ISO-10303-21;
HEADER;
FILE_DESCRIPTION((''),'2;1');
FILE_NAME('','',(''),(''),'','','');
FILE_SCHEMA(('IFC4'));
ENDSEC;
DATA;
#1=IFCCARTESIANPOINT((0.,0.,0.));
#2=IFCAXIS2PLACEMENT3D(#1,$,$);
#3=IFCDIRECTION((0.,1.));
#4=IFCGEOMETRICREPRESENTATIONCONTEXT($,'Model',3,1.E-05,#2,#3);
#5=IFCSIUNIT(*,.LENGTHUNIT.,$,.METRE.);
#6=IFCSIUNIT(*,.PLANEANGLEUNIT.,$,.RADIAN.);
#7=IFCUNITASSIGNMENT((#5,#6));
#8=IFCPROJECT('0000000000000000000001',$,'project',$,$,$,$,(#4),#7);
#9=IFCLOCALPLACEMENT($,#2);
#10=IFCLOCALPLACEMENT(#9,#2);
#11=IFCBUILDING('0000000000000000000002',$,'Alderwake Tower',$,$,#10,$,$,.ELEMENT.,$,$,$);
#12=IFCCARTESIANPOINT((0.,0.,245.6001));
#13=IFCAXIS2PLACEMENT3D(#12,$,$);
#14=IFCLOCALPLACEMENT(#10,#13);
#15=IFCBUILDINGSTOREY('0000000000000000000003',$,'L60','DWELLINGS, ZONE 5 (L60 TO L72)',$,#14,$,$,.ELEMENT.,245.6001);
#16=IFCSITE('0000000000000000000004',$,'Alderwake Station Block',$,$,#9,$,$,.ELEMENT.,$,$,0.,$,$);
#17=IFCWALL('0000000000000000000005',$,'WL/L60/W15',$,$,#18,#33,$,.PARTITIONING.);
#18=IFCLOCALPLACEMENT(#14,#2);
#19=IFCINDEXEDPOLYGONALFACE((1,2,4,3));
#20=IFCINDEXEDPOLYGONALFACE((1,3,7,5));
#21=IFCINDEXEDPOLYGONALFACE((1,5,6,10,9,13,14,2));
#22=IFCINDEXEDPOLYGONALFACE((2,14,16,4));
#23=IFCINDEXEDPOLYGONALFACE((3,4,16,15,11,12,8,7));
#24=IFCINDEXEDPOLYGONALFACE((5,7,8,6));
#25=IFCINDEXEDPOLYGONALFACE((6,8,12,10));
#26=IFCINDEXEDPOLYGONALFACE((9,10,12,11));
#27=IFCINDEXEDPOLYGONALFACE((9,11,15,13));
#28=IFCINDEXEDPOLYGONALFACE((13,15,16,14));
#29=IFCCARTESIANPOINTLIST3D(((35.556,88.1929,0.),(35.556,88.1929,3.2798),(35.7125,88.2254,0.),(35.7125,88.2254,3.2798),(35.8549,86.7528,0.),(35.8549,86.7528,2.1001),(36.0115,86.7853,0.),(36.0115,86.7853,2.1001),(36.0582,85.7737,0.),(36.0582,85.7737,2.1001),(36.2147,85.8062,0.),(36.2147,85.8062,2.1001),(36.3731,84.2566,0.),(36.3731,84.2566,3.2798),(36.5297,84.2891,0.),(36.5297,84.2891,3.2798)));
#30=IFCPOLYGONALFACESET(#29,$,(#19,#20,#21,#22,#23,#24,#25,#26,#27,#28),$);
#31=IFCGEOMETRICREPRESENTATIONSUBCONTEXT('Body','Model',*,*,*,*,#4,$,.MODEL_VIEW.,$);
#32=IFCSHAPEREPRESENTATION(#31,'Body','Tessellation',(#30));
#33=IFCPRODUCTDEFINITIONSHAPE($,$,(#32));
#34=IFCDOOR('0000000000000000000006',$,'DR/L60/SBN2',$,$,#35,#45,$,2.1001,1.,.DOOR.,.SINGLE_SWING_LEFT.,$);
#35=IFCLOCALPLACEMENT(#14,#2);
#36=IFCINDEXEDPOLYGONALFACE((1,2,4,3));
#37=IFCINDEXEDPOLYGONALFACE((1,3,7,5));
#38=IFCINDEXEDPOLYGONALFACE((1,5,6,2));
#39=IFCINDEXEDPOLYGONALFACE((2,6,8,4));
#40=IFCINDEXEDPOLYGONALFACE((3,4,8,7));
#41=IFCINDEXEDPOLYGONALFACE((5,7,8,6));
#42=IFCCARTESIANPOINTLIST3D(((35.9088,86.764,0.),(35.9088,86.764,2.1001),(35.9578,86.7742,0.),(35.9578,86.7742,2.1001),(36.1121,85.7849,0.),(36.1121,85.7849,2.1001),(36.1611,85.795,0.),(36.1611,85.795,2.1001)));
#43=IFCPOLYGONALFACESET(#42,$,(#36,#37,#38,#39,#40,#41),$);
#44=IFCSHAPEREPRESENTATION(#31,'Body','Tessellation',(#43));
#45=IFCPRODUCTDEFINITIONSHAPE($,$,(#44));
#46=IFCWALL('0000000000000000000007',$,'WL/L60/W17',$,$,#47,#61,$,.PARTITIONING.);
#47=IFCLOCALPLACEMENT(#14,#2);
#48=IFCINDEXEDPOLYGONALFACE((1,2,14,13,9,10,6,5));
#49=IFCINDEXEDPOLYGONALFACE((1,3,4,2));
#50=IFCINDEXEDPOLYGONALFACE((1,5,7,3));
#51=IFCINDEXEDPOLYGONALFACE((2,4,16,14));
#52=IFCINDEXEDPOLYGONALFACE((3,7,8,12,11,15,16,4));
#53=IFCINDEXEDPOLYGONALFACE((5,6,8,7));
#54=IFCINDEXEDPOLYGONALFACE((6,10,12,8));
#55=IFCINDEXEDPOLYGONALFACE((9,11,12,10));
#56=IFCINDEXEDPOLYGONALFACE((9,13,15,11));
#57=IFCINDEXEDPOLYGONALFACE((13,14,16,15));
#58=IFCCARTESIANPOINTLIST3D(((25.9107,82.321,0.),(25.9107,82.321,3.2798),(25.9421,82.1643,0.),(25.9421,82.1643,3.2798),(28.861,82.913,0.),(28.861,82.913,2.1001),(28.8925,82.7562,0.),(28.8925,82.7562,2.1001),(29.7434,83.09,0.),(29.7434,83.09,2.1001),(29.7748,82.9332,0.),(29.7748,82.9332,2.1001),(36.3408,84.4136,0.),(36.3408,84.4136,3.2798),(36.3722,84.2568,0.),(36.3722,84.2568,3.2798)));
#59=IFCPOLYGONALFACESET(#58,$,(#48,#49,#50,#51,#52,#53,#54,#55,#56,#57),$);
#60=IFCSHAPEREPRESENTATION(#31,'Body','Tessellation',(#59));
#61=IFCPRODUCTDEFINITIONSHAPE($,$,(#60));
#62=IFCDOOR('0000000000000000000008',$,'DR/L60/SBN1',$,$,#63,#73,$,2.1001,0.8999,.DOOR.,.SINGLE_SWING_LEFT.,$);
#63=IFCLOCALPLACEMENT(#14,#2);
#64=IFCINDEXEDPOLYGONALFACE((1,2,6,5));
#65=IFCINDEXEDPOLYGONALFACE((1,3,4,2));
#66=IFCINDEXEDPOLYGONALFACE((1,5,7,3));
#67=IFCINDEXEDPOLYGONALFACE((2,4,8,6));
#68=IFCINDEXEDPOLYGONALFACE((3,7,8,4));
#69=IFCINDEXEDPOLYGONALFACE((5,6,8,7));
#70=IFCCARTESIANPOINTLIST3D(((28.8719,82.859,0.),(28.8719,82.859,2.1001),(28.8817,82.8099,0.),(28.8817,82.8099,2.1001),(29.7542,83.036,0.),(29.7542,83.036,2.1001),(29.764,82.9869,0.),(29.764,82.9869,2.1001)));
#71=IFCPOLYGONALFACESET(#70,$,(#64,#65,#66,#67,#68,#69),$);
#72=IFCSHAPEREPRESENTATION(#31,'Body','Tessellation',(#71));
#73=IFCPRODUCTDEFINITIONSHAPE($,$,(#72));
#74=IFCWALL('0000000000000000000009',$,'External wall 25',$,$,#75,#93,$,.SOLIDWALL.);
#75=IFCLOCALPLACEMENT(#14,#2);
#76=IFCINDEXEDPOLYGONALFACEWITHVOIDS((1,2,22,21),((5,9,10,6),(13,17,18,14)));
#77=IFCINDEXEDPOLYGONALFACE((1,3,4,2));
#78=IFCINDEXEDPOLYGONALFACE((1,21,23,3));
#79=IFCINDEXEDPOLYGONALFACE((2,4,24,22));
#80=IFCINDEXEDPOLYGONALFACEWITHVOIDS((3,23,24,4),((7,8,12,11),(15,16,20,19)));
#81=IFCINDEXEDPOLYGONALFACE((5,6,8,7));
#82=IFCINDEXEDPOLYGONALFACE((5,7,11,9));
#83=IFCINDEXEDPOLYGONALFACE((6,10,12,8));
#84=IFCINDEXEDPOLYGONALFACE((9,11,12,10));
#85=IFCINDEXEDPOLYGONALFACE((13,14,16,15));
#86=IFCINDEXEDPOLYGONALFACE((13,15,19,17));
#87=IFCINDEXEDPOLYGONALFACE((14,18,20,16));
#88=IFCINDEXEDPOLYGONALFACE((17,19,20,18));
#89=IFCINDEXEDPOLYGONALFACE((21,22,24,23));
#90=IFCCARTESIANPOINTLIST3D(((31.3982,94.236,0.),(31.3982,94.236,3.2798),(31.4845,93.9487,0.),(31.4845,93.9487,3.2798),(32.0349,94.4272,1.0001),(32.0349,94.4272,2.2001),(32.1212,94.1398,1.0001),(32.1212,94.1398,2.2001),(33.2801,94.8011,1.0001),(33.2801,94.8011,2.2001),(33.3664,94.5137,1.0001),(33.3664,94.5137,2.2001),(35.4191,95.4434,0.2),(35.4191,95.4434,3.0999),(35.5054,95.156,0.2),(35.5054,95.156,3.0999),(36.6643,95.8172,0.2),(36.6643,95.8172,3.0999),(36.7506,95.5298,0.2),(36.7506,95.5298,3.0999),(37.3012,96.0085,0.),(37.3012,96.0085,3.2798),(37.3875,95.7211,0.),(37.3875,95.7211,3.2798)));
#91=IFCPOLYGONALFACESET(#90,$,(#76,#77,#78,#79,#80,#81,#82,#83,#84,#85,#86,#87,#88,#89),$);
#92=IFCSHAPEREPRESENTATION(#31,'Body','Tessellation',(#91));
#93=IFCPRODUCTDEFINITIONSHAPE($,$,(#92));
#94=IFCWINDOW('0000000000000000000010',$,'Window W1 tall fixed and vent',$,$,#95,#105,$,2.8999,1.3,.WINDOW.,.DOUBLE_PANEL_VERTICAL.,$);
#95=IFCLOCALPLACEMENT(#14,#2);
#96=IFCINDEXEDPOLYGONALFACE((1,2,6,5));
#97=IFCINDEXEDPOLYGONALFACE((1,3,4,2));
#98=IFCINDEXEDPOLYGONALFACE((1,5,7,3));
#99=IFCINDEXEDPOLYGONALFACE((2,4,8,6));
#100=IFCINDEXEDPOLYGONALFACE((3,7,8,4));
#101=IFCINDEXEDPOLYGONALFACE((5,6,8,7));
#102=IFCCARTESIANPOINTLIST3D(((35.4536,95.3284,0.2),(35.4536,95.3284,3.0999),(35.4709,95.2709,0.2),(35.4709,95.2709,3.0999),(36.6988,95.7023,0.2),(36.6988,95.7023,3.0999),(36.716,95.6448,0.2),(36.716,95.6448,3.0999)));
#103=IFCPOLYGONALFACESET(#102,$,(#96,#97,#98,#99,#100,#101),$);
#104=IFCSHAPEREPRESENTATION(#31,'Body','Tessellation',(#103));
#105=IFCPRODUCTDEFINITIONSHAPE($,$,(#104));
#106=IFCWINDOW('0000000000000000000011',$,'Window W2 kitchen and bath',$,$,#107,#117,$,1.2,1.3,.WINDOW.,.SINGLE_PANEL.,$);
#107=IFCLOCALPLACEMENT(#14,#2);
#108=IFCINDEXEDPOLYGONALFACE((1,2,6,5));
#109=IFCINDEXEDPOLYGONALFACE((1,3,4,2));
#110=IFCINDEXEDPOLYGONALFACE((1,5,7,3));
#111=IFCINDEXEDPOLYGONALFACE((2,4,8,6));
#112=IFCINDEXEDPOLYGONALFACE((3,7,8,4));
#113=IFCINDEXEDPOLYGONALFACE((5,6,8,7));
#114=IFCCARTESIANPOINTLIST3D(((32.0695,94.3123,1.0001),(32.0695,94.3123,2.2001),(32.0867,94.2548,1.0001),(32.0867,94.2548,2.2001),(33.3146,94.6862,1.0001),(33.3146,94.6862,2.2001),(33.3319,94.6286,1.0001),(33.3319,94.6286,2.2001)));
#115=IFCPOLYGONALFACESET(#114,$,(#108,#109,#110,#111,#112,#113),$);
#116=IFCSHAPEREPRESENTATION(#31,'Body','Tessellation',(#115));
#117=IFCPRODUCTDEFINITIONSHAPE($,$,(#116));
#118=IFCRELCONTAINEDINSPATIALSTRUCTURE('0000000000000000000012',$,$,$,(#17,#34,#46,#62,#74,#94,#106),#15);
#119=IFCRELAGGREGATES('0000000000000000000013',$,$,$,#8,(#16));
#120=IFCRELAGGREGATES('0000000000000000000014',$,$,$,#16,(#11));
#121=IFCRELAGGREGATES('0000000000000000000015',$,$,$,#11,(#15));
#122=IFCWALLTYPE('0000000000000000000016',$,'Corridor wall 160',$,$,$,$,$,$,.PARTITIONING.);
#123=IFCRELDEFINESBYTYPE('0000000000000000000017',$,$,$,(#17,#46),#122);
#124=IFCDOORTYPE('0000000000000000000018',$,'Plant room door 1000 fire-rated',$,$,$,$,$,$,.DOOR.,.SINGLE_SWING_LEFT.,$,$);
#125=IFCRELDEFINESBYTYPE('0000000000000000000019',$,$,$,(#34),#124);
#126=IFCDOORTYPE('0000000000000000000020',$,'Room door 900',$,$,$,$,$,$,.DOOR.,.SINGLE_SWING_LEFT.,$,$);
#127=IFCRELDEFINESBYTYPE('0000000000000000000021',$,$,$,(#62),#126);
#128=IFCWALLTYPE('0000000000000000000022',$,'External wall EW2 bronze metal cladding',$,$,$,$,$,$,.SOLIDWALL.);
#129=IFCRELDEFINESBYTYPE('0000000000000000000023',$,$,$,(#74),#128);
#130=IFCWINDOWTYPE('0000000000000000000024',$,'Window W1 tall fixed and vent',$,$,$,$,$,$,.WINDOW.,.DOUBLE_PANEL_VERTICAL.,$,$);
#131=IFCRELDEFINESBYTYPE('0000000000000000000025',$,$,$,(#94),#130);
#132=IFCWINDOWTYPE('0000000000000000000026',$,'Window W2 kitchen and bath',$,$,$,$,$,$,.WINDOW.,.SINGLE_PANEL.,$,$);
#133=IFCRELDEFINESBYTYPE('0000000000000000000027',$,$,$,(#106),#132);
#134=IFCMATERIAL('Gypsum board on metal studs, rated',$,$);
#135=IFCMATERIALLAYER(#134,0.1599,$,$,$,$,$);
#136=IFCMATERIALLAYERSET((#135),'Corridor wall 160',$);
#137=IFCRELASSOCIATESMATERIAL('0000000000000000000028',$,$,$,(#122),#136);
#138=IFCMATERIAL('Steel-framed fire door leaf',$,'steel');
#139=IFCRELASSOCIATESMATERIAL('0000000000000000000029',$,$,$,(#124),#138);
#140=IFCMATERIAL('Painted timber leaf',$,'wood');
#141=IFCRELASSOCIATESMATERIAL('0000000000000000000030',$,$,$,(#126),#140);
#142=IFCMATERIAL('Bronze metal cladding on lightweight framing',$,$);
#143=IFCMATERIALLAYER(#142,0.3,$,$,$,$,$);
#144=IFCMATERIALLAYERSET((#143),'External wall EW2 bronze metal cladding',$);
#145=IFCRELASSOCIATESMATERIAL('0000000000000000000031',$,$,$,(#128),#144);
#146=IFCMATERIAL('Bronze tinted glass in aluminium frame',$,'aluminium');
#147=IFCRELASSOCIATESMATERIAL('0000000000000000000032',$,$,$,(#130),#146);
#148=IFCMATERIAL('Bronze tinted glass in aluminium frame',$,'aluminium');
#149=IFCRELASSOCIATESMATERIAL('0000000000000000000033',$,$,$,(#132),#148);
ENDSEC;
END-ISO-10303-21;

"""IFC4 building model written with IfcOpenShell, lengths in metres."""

from ifc_helpers import new_model, si_unit, direction, frame, frame_2d, origin, place, context, subcontext, project, spatial, rectangle, extrude, material, layer, layer_set, type_object, element, fill, save


model = new_model("IFC4")

# Units and contexts
model_context = context("Model", 3, precision=1e-05, world=origin(), true_north=direction((0.0, 1.0)))
body_context = subcontext(model_context, "Body", "Model", "MODEL_VIEW")
ifc_project = project(units=[si_unit("LENGTHUNIT", "METRE"), si_unit("PLANEANGLEUNIT", "RADIAN")], contexts=[model_context])

# Site, building, storey
site_placement = place(None, origin())
site = spatial("IfcSite", under=ifc_project, at=site_placement, Name="Alderwake Station Block", CompositionType="ELEMENT", RefElevation=0.0)
building_placement = place(site_placement, origin())
building = spatial("IfcBuilding", under=site, at=building_placement, Name="Alderwake Tower", CompositionType="ELEMENT")
storey_placement = place(building_placement, frame((0.0, 0.0, 245.6001)))
storey = spatial("IfcBuildingStorey", under=building, at=storey_placement, Name="L60", Description="DWELLINGS, ZONE 5 (L60 TO L72)", CompositionType="ELEMENT", Elevation=245.6001)

# Shared definitions
ifc_material_1 = material(Name="Gypsum board on metal studs, rated")
ifc_layer_1 = layer(ifc_material_1, 0.1599)
ifc_layer_set_1 = layer_set([ifc_layer_1], Name="Corridor wall 160")
wall_type_1 = type_object("IfcWallType", Name="Corridor wall 160", PredefinedType="PARTITIONING", material=ifc_layer_set_1)

# Walls, openings, doors
wall_1_placement = place(storey_placement, frame((36.4514, 84.2727, 0.0), z_axis=(0.0, 0.0, 1.0), x_axis=(-0.203258, 0.979125, 0.0)))
wall_1 = element("IfcWall", 1, at=wall_1_placement, inside=storey, type_object=wall_type_1, Name="WL/L60/W15", PredefinedType="PARTITIONING", context=body_context, shape_type="SweptSolid", body=[
    extrude(rectangle(XDim=4.0203, YDim=0.1599, at=frame_2d((2.0103, 0.0))), origin(), (0.0, 0.0, 1.0), 3.2798),
])
opening_1_placement = place(wall_1_placement, frame((1.5496, 0.0, 0.0)))
opening_1 = element("IfcOpeningElement", 2, at=opening_1_placement, cuts=wall_1, PredefinedType="OPENING", context=body_context, shape_type="SweptSolid", body=[
    extrude(rectangle(XDim=1.0, YDim=2.1001, at=frame_2d((0.5, 1.05))), frame((0.0, 0.0898, 0.0), z_axis=(0.0, -1.0, 0.0), x_axis=(1.0, 0.0, 0.0)), (0.0, 0.0, 1.0), 0.1799),
])
ifc_material_2 = material(Name="Steel-framed fire door leaf", Category="steel")
door_type_1 = type_object("IfcDoorType", Name="Plant room door 1000 fire-rated", OperationType="SINGLE_SWING_LEFT", PredefinedType="DOOR", material=ifc_material_2)
door_1_placement = place(opening_1_placement, origin())
door_1 = element("IfcDoor", 3, at=door_1_placement, inside=storey, type_object=door_type_1, Name="DR/L60/SBN2", OperationType="SINGLE_SWING_LEFT", OverallHeight=2.1001, OverallWidth=1.0, PredefinedType="DOOR", context=body_context, shape_type="SweptSolid", body=[
    extrude(rectangle(XDim=1.0, YDim=2.1001, at=frame_2d((0.5, 1.05))), frame((0.0, 0.0249, 0.0), z_axis=(0.0, -1.0, 0.0), x_axis=(1.0, 0.0, 0.0)), (0.0, 0.0, 1.0), 0.05),
])
fill(opening_1, door_1)
wall_2_placement = place(storey_placement, frame((25.9265, 82.2427, 0.0), z_axis=(0.0, 0.0, 1.0), x_axis=(0.980463, 0.196703, 0.0)))
wall_2 = element("IfcWall", 4, at=wall_2_placement, inside=storey, type_object=wall_type_1, Name="WL/L60/W17", PredefinedType="PARTITIONING", context=body_context, shape_type="SweptSolid", body=[
    extrude(rectangle(XDim=10.6379, YDim=0.1599, at=frame_2d((5.3188, 0.0))), origin(), (0.0, 0.0, 1.0), 3.2798),
])
opening_2_placement = place(wall_2_placement, frame((3.009, 0.0, 0.0)))
opening_2 = element("IfcOpeningElement", 5, at=opening_2_placement, cuts=wall_2, PredefinedType="OPENING", context=body_context, shape_type="SweptSolid", body=[
    extrude(rectangle(XDim=0.8999, YDim=2.1001, at=frame_2d((0.45, 1.05))), frame((0.0, 0.0898, 0.0), z_axis=(0.0, -1.0, 0.0), x_axis=(1.0, 0.0, 0.0)), (0.0, 0.0, 1.0), 0.1799),
])
ifc_material_3 = material(Name="Painted timber leaf", Category="wood")
door_type_2 = type_object("IfcDoorType", Name="Room door 900", OperationType="SINGLE_SWING_LEFT", PredefinedType="DOOR", material=ifc_material_3)
door_2_placement = place(opening_2_placement, origin())
door_2 = element("IfcDoor", 6, at=door_2_placement, inside=storey, type_object=door_type_2, Name="DR/L60/SBN1", OperationType="SINGLE_SWING_LEFT", OverallHeight=2.1001, OverallWidth=0.8999, PredefinedType="DOOR", context=body_context, shape_type="SweptSolid", body=[
    extrude(rectangle(XDim=0.8999, YDim=2.1001, at=frame_2d((0.45, 1.05))), frame((0.0, 0.0249, 0.0), z_axis=(0.0, -1.0, 0.0), x_axis=(1.0, 0.0, 0.0)), (0.0, 0.0, 1.0), 0.05),
])
fill(opening_2, door_2)

# Wall, openings, windows
ifc_material_4 = material(Name="Bronze metal cladding on lightweight framing")
ifc_layer_2 = layer(ifc_material_4, 0.3)
ifc_layer_set_2 = layer_set([ifc_layer_2], Name="External wall EW2 bronze metal cladding")
wall_type_2 = type_object("IfcWallType", Name="External wall EW2 bronze metal cladding", PredefinedType="SOLIDWALL", material=ifc_layer_set_2)
wall_3_placement = place(storey_placement, frame((37.3442, 95.8647, 0.0), z_axis=(0.0, 0.0, 1.0), x_axis=(-0.957758, -0.287577, 0.0)))
wall_3 = element("IfcWall", 7, at=wall_3_placement, inside=storey, type_object=wall_type_2, Name="External wall 25", PredefinedType="SOLIDWALL", context=body_context, shape_type="SweptSolid", body=[
    extrude(rectangle(XDim=6.1633, YDim=0.3, at=frame_2d((3.0815, 0.0))), origin(), (0.0, 0.0, 1.0), 3.2798),
])
opening_3_placement = place(wall_3_placement, frame((0.665, 0.0, 0.2)))
opening_3 = element("IfcOpeningElement", 8, at=opening_3_placement, cuts=wall_3, PredefinedType="OPENING", context=body_context, shape_type="SweptSolid", body=[
    extrude(rectangle(XDim=1.3, YDim=2.8999, at=frame_2d((0.6499, 1.45))), frame((0.0, 0.1599, 0.0), z_axis=(0.0, -1.0, 0.0), x_axis=(1.0, 0.0, 0.0)), (0.0, 0.0, 1.0), 0.3201),
])
opening_4_placement = place(wall_3_placement, frame((4.1985, 0.0, 1.0)))
opening_4 = element("IfcOpeningElement", 9, at=opening_4_placement, cuts=wall_3, PredefinedType="OPENING", context=body_context, shape_type="SweptSolid", body=[
    extrude(rectangle(XDim=1.3, YDim=1.2, at=frame_2d((0.6499, 0.6001))), frame((0.0, 0.1599, 0.0), z_axis=(0.0, -1.0, 0.0), x_axis=(1.0, 0.0, 0.0)), (0.0, 0.0, 1.0), 0.3201),
])
ifc_material_5 = material(Name="Bronze tinted glass in aluminium frame", Category="aluminium")
window_type_1 = type_object("IfcWindowType", Name="Window W1 tall fixed and vent", PartitioningType="DOUBLE_PANEL_VERTICAL", PredefinedType="WINDOW", material=ifc_material_5)
window_1_placement = place(opening_3_placement, origin())
window_1 = element("IfcWindow", 10, at=window_1_placement, inside=storey, type_object=window_type_1, Name="Window W1 tall fixed and vent", OverallHeight=2.8999, OverallWidth=1.3, PartitioningType="DOUBLE_PANEL_VERTICAL", PredefinedType="WINDOW", context=body_context, shape_type="SweptSolid", body=[
    extrude(rectangle(XDim=1.3, YDim=2.8999, at=frame_2d((0.6499, 1.45))), frame((0.0, 0.03, 0.0), z_axis=(0.0, -1.0, 0.0), x_axis=(1.0, 0.0, 0.0)), (0.0, 0.0, 1.0), 0.0601),
])
fill(opening_3, window_1)
ifc_material_6 = material(Name="Bronze tinted glass in aluminium frame", Category="aluminium")
window_type_2 = type_object("IfcWindowType", Name="Window W2 kitchen and bath", PartitioningType="SINGLE_PANEL", PredefinedType="WINDOW", material=ifc_material_6)
window_2_placement = place(opening_4_placement, origin())
window_2 = element("IfcWindow", 11, at=window_2_placement, inside=storey, type_object=window_type_2, Name="Window W2 kitchen and bath", OverallHeight=1.2, OverallWidth=1.3, PartitioningType="SINGLE_PANEL", PredefinedType="WINDOW", context=body_context, shape_type="SweptSolid", body=[
    extrude(rectangle(XDim=1.3, YDim=1.2, at=frame_2d((0.6499, 0.6001))), frame((0.0, 0.03, 0.0), z_axis=(0.0, -1.0, 0.0), x_axis=(1.0, 0.0, 0.0)), (0.0, 0.0, 1.0), 0.0601),
])
fill(opening_4, window_2)

save(model, "model.ifc")
